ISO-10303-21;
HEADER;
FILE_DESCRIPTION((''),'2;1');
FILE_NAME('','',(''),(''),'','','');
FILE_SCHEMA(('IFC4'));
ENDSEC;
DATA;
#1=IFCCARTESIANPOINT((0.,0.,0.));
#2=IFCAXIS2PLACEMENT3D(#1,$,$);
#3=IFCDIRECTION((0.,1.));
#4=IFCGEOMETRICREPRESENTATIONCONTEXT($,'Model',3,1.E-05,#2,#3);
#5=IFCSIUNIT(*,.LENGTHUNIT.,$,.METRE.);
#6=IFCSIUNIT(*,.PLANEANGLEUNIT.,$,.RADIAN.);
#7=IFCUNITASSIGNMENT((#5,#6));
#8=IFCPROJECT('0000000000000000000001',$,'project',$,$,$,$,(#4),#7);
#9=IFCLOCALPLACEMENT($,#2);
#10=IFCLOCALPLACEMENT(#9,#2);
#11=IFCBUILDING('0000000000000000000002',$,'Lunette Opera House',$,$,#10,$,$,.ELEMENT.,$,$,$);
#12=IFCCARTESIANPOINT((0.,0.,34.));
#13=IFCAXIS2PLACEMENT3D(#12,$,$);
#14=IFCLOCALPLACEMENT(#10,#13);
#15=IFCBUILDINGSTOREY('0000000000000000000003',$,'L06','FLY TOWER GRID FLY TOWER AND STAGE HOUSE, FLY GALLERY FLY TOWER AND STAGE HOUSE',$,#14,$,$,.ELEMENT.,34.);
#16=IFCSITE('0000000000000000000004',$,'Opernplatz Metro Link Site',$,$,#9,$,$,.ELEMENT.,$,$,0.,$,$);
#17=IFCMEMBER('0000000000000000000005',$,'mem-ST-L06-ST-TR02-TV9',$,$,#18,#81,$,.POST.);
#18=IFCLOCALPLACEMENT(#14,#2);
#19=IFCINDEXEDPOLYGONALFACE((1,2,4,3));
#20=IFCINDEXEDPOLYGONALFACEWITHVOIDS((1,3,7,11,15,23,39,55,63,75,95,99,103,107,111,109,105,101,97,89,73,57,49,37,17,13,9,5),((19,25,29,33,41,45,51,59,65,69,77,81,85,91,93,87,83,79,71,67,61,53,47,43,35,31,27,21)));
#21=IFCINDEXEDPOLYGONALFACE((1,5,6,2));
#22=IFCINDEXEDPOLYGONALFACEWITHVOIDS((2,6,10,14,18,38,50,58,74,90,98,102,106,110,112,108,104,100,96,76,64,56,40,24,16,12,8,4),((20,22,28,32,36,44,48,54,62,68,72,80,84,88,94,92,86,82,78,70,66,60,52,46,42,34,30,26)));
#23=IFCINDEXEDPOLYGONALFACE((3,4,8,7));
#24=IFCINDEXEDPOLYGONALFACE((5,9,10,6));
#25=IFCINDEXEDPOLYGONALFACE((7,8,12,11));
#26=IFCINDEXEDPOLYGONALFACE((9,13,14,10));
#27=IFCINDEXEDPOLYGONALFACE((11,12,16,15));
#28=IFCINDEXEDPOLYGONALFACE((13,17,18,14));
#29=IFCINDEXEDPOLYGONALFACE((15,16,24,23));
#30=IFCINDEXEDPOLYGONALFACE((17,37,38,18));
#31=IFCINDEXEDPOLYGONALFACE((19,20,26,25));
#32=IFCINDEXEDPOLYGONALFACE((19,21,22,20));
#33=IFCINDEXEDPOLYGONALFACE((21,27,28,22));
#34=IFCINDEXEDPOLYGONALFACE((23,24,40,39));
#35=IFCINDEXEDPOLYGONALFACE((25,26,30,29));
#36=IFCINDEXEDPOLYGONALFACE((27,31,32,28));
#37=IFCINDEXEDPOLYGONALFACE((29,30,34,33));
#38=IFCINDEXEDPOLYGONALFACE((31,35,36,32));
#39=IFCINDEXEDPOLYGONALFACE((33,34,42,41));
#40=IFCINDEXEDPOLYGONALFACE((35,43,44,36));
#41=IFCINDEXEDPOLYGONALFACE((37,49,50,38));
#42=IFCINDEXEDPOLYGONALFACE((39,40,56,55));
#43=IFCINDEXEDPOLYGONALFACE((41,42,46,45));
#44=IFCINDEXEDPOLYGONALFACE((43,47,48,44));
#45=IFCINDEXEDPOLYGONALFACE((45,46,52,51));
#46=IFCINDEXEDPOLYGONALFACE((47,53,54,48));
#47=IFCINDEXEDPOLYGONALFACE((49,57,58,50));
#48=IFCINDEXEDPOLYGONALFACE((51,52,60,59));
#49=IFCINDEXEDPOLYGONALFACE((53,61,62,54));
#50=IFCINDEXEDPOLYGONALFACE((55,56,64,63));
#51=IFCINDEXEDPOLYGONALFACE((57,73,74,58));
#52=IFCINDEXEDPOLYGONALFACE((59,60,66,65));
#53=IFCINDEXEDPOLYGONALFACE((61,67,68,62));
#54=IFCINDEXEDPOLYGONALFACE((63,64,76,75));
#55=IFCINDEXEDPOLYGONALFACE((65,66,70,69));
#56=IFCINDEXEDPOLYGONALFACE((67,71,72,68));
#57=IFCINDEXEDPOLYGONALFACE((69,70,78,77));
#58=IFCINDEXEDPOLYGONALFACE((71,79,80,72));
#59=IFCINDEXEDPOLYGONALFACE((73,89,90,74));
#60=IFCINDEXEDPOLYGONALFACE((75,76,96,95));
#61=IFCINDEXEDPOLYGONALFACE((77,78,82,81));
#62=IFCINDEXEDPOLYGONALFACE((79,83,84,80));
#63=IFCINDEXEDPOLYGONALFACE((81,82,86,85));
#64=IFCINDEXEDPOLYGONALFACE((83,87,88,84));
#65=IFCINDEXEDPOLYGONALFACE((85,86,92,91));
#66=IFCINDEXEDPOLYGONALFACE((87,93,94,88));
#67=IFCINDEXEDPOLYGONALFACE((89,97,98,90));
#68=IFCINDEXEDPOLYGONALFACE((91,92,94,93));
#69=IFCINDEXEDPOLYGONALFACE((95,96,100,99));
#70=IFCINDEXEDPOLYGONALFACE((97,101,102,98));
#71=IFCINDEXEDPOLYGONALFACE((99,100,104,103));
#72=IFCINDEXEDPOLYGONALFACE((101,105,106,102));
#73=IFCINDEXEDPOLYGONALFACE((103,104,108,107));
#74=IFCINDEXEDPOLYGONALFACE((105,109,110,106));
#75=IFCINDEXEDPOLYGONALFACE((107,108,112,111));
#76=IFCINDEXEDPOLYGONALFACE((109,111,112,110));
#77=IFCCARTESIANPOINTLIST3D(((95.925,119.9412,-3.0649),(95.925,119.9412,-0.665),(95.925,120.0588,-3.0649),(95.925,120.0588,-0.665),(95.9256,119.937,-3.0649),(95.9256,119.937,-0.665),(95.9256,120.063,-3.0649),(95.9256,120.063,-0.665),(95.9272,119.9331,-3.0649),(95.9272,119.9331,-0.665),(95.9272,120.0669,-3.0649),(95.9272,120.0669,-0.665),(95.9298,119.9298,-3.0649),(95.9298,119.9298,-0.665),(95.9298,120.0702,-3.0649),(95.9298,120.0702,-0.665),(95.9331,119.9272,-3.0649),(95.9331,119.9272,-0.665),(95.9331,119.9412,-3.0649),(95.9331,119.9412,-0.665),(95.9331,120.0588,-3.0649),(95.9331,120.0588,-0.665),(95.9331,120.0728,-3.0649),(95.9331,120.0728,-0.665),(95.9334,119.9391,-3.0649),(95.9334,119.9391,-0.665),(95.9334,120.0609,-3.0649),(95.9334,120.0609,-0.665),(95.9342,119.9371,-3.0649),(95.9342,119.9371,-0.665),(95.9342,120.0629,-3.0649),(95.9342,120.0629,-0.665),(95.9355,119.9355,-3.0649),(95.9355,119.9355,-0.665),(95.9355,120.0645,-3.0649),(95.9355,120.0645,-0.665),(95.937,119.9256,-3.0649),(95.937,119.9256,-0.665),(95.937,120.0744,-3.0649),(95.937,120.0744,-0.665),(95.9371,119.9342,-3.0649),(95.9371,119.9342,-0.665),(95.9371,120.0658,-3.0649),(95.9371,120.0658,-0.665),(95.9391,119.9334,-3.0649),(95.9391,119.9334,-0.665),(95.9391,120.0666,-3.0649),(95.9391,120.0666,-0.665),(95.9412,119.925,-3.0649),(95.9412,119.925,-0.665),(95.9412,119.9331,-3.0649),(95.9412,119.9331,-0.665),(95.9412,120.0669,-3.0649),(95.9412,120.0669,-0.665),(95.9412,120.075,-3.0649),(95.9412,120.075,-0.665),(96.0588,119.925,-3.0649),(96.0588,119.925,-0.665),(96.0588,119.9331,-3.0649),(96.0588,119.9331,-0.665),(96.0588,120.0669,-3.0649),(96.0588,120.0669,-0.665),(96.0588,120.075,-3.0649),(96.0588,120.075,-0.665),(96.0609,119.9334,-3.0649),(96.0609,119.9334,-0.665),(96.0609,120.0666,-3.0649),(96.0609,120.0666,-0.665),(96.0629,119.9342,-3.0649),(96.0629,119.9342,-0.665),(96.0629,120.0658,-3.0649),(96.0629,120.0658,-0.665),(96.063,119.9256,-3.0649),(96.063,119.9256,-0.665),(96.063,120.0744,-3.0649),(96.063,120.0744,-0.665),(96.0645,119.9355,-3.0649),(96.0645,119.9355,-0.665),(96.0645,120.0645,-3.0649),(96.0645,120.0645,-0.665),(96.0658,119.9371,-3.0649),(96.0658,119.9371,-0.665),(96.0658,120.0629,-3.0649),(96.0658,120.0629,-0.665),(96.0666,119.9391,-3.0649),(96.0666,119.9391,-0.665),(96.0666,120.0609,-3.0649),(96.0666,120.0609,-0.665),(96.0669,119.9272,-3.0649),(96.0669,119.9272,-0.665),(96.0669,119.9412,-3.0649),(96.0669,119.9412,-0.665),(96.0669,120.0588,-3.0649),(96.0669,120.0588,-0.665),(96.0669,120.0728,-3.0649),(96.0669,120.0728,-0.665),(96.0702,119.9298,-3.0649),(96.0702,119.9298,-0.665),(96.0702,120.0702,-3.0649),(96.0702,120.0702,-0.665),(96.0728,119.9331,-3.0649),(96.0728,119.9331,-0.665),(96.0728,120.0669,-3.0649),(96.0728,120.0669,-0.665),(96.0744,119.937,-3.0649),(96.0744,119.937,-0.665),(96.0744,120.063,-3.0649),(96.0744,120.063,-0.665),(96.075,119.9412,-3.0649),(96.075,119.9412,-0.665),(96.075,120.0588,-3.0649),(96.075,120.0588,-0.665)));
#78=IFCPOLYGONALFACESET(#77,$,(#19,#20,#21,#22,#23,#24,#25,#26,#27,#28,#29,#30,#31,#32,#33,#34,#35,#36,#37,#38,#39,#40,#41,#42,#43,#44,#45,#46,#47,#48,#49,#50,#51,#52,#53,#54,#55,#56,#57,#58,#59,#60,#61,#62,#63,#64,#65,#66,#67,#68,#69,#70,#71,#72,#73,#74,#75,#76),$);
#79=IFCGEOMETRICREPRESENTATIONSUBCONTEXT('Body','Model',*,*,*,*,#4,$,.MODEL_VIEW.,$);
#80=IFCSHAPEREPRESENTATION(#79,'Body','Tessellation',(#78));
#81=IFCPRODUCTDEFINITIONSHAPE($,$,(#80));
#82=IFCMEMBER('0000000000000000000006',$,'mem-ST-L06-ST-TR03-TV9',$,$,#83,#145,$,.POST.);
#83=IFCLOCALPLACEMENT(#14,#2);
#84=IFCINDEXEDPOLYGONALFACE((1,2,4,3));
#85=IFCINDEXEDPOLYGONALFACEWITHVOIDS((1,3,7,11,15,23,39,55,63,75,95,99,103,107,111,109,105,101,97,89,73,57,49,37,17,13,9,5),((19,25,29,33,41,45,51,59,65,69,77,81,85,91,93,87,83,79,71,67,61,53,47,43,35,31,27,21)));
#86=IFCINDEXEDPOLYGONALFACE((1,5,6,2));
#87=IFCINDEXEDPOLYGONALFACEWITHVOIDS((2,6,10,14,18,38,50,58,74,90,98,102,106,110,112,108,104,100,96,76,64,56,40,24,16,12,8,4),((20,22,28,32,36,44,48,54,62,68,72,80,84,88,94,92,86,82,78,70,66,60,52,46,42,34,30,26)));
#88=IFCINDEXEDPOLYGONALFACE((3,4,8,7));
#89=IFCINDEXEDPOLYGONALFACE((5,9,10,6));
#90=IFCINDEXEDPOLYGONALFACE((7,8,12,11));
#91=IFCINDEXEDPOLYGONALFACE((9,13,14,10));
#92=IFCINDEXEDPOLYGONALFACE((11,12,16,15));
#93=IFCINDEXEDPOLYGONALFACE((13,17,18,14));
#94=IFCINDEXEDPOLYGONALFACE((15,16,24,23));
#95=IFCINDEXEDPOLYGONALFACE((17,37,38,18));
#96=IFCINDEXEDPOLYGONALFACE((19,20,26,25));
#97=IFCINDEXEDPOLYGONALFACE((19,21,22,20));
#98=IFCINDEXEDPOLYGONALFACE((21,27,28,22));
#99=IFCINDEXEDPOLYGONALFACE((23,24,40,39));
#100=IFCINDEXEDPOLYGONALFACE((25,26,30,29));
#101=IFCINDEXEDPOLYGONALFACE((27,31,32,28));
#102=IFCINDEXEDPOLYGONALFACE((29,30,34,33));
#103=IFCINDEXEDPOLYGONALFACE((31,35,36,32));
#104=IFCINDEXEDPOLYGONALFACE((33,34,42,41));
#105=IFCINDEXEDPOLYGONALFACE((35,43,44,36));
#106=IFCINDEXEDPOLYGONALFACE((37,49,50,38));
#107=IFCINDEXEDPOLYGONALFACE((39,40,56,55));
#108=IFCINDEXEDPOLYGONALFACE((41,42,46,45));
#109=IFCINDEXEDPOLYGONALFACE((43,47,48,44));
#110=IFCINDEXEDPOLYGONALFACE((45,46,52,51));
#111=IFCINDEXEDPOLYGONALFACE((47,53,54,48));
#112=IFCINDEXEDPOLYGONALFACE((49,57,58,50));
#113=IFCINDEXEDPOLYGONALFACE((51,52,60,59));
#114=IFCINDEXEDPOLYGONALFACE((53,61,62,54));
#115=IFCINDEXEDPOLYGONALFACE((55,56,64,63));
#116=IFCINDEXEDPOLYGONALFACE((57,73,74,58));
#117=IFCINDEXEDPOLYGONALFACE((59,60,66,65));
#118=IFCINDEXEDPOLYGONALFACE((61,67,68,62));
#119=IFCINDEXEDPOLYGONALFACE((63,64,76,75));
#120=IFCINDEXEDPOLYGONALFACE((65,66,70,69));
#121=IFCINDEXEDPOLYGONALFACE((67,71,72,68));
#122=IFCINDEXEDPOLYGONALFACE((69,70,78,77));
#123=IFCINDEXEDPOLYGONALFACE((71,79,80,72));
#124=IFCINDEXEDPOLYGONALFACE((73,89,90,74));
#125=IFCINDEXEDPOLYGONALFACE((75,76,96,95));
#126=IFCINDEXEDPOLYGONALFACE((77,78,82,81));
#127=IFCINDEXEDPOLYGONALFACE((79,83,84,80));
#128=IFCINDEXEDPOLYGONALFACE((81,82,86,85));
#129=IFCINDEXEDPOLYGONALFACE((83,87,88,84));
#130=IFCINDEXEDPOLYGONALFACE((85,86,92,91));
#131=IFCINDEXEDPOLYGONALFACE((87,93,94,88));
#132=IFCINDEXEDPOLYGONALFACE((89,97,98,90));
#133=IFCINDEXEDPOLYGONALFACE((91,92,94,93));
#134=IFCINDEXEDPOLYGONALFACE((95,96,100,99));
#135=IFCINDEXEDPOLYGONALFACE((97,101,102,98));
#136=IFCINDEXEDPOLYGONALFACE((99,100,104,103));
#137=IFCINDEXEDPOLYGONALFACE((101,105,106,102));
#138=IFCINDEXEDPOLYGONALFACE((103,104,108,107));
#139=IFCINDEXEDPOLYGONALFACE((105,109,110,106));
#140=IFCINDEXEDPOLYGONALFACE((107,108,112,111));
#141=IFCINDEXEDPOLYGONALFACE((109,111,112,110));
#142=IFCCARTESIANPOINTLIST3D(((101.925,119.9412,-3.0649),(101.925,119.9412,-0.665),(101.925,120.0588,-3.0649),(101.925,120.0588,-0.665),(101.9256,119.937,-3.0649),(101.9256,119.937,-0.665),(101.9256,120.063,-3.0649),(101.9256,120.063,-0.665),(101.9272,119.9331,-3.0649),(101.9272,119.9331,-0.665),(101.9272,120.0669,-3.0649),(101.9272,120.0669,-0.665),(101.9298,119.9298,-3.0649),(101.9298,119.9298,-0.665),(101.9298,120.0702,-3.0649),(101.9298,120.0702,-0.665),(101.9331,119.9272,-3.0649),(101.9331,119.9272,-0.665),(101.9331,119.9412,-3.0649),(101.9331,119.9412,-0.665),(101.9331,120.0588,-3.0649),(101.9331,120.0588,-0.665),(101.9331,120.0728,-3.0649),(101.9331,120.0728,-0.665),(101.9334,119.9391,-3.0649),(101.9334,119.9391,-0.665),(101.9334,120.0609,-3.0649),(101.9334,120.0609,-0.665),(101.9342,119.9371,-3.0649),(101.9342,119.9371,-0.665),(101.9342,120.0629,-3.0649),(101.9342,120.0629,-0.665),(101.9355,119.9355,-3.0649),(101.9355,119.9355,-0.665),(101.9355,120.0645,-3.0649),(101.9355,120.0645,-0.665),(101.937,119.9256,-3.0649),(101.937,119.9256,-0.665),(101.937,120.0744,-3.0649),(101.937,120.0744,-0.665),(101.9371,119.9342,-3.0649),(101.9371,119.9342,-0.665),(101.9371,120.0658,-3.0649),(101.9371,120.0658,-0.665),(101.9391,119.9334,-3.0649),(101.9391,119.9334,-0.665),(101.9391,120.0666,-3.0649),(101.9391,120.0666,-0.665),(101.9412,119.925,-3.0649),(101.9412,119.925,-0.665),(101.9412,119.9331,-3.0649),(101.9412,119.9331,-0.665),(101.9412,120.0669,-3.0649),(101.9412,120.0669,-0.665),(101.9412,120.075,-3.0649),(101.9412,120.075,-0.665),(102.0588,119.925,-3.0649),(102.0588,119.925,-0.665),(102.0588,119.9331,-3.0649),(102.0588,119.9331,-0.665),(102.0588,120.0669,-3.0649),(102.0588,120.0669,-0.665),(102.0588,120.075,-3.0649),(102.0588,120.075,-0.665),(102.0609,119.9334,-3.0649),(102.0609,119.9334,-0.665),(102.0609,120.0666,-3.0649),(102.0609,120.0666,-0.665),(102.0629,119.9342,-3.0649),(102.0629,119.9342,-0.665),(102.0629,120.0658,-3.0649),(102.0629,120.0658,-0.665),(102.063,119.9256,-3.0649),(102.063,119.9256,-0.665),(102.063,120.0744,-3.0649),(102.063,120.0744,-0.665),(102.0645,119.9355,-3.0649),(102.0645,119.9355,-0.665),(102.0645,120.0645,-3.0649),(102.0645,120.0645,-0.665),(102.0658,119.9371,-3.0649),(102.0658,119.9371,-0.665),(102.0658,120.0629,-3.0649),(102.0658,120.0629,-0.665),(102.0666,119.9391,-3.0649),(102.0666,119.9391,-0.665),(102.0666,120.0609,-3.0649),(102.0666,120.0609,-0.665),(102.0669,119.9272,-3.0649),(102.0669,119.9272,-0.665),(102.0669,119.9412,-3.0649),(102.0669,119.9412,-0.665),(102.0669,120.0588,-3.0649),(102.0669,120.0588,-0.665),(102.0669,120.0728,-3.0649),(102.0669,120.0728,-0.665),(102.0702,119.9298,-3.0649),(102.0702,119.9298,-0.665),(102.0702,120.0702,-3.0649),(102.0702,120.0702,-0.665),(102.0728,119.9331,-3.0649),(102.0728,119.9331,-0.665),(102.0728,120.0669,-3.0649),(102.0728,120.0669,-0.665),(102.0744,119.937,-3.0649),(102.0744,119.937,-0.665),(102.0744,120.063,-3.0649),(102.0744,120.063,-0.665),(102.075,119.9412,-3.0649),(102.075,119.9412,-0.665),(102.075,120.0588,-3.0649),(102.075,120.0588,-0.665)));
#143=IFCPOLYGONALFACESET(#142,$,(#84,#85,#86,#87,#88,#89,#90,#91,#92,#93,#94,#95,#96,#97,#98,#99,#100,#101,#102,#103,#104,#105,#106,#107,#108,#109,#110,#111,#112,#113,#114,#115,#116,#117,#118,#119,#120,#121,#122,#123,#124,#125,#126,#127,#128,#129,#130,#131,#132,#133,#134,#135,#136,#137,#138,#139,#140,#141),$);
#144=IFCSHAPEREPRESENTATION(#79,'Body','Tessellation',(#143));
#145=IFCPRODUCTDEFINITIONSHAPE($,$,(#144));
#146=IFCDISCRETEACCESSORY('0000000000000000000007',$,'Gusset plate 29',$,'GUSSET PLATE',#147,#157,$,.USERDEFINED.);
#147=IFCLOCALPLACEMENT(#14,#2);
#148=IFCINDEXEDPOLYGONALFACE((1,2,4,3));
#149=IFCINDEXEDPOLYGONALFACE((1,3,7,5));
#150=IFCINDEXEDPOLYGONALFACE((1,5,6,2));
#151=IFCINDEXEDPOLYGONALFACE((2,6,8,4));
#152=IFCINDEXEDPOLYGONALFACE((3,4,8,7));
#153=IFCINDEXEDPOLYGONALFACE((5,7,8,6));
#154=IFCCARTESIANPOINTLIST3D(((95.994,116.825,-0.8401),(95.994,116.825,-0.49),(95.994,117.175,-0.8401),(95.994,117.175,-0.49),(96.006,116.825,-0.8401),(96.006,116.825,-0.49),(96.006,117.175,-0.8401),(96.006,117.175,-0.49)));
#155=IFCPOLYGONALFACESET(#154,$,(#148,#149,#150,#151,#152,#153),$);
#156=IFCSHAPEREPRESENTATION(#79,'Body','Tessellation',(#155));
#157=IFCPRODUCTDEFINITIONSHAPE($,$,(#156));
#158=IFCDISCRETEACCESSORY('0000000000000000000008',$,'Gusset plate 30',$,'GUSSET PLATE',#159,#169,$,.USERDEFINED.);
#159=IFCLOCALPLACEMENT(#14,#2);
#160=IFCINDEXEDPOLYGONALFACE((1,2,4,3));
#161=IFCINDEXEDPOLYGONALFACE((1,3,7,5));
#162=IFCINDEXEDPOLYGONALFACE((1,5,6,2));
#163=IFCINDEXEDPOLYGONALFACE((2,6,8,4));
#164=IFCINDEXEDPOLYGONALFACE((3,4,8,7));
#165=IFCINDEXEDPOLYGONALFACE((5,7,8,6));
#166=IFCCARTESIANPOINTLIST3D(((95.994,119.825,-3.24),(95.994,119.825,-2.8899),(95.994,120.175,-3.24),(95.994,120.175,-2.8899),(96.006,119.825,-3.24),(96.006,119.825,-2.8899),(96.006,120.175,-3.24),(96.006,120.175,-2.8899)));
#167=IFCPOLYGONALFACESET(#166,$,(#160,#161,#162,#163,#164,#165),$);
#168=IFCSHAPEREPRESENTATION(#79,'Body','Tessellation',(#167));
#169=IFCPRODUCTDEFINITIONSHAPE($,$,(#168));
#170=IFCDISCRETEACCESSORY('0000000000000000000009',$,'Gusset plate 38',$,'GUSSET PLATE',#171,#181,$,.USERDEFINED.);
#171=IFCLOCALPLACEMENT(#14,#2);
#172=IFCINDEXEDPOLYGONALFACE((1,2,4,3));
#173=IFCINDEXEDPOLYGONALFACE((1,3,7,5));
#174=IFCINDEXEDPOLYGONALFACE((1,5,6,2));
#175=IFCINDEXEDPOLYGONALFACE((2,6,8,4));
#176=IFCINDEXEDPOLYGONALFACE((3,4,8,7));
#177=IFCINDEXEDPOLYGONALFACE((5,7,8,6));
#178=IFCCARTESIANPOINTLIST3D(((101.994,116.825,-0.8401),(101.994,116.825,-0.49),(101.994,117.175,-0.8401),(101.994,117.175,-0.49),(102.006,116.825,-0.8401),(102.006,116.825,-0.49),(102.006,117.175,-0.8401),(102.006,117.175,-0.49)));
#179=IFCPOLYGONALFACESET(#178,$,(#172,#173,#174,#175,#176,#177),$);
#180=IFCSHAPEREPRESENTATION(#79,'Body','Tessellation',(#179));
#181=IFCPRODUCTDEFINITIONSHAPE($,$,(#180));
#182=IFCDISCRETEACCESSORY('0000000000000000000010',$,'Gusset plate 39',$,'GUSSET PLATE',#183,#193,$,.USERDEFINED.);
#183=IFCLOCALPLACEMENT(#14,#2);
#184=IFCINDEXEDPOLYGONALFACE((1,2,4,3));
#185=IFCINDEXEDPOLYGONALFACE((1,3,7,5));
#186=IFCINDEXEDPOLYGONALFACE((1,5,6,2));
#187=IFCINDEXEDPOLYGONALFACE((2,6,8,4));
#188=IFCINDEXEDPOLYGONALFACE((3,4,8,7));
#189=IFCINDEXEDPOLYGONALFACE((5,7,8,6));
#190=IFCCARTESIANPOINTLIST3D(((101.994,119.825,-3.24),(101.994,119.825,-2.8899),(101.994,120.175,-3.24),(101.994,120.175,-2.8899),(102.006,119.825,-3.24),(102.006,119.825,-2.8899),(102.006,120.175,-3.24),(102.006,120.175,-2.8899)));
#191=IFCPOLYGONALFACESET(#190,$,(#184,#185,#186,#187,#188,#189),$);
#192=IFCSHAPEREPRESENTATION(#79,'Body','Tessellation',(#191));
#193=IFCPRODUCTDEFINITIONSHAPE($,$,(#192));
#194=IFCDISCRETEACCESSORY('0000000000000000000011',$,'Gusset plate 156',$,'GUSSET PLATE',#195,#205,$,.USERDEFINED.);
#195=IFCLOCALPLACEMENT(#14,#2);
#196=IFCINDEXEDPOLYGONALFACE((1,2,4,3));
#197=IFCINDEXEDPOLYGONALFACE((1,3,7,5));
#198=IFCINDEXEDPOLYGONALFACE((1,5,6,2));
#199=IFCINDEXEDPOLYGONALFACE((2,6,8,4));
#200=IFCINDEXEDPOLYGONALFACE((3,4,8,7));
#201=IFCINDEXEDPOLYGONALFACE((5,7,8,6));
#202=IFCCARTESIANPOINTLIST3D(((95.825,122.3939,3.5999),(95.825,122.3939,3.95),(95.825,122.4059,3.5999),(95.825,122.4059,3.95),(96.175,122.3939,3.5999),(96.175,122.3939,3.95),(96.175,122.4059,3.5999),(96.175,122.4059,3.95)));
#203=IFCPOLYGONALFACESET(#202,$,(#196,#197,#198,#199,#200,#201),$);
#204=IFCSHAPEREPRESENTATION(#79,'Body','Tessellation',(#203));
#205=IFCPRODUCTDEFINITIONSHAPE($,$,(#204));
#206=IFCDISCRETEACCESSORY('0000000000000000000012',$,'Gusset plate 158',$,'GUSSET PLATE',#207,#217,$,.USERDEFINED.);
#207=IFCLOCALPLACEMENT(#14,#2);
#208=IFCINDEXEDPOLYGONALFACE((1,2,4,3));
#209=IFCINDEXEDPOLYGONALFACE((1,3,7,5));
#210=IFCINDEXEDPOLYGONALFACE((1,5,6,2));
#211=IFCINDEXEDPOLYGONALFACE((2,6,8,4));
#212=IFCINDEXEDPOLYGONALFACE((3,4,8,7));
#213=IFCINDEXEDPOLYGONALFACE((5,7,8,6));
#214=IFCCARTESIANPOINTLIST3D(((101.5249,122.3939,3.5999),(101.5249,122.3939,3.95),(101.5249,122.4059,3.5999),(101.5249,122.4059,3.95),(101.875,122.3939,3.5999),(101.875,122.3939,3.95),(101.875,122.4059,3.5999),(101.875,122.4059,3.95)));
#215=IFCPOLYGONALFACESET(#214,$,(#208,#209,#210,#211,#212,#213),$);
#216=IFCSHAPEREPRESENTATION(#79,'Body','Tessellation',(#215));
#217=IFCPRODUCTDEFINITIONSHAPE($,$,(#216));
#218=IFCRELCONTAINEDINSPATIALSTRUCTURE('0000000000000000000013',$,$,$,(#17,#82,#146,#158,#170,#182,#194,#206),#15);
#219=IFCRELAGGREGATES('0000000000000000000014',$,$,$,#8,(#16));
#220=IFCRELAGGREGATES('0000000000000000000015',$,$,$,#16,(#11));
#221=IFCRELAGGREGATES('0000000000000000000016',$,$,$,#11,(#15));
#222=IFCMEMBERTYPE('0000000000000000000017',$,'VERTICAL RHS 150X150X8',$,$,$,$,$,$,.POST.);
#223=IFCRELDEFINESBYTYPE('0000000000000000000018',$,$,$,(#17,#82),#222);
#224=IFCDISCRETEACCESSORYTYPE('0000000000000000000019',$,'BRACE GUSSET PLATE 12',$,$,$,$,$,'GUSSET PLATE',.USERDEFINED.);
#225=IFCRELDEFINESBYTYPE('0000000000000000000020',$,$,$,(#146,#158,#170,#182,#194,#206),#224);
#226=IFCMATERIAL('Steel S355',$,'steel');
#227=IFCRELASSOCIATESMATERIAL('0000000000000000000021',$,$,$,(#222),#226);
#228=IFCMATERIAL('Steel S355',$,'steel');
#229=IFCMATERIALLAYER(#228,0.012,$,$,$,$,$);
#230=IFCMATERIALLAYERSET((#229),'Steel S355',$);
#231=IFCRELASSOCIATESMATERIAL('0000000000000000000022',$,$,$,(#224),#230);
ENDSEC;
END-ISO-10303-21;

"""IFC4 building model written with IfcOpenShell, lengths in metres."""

from ifc_helpers import new_model, si_unit, direction, frame, origin, origin_2d, place, context, subcontext, project, spatial, rectangle, hollow_rectangle, extrude, material, layer, layer_set, material_profile, profile_set, type_object, element, save


model = new_model("IFC4")

# Units and contexts
model_context = context("Model", 3, precision=1e-05, world=origin(), true_north=direction((0.0, 1.0)))
body_context = subcontext(model_context, "Body", "Model", "MODEL_VIEW")
ifc_project = project(units=[si_unit("LENGTHUNIT", "METRE"), si_unit("PLANEANGLEUNIT", "RADIAN")], contexts=[model_context])

# Site, building, storey
site_placement = place(None, origin())
site = spatial("IfcSite", under=ifc_project, at=site_placement, Name="Opernplatz Metro Link Site", CompositionType="ELEMENT", RefElevation=0.0)
building_placement = place(site_placement, origin())
building = spatial("IfcBuilding", under=site, at=building_placement, Name="Lunette Opera House", CompositionType="ELEMENT")
storey_placement = place(building_placement, frame((0.0, 0.0, 34.0)))
storey = spatial("IfcBuildingStorey", under=building, at=storey_placement, Name="L06", Description="FLY TOWER GRID FLY TOWER AND STAGE HOUSE, FLY GALLERY FLY TOWER AND STAGE HOUSE", CompositionType="ELEMENT", Elevation=34.0)

# Members
ifc_material_1 = material(Name="Steel S355", Category="steel")
ifc_material_profile_1 = material_profile(ifc_material_1, hollow_rectangle(XDim=0.1499, YDim=0.1499, WallThickness=0.0081, InnerFilletRadius=0.0081, OuterFilletRadius=0.0161, at=origin_2d()), Name="RHS 150X150X8")
ifc_profile_set_1 = profile_set([ifc_material_profile_1], Name="Steel S355")
member_type_1 = type_object("IfcMemberType", Name="VERTICAL RHS 150X150X8", PredefinedType="POST", material=ifc_profile_set_1)
for number, where, z_axis, x_axis, name in (
    (1, (96.0, 120.0, -3.0649), (0.0, 0.0, 1.0), (1.0, 0.0, 0.0), "mem-ST-L06-ST-TR02-TV9"),
    (2, (102.0, 120.0, -3.0649), (0.0, 0.0, 1.0), (1.0, 0.0, 0.0), "mem-ST-L06-ST-TR03-TV9"),
):
    element("IfcMember", number, at=place(storey_placement, frame(where, z_axis=z_axis, x_axis=x_axis)), inside=storey, type_object=member_type_1, Name=name, PredefinedType="POST", context=body_context, shape_type="SweptSolid", body=[
        extrude(hollow_rectangle(XDim=0.1499, YDim=0.1499, WallThickness=0.0081, InnerFilletRadius=0.0081, OuterFilletRadius=0.0161, at=origin_2d()), origin(), (0.0, 0.0, 1.0), 2.3999),
    ])

# Discrete accessories
ifc_material_2 = material(Name="Steel S355", Category="steel")
ifc_layer = layer(ifc_material_2, 0.012)
ifc_layer_set = layer_set([ifc_layer], Name="Steel S355")
discrete_accessory_type = type_object("IfcDiscreteAccessoryType", Name="BRACE GUSSET PLATE 12", ElementType="GUSSET PLATE", PredefinedType="USERDEFINED", material=ifc_layer_set)
for number, where, z_axis, x_axis, name in (
    (3, (96.0, 117.0, -0.8401), (0.0, 0.0, 1.0), (0.0, 1.0, 0.0), "Gusset plate 29"),
    (4, (96.0, 120.0, -3.24), (0.0, 0.0, 1.0), (0.0, 1.0, 0.0), "Gusset plate 30"),
    (5, (102.0, 117.0, -0.8401), (0.0, 0.0, 1.0), (0.0, 1.0, 0.0), "Gusset plate 38"),
    (6, (102.0, 120.0, -3.24), (0.0, 0.0, 1.0), (0.0, 1.0, 0.0), "Gusset plate 39"),
    (7, (96.0, 122.3999, 3.5999), (0.0, 0.0, 1.0), (1.0, 0.0, 0.0), "Gusset plate 156"),
    (8, (101.7, 122.3999, 3.5999), (0.0, 0.0, 1.0), (1.0, 0.0, 0.0), "Gusset plate 158"),
):
    element("IfcDiscreteAccessory", number, at=place(storey_placement, frame(where, z_axis=z_axis, x_axis=x_axis)), inside=storey, type_object=discrete_accessory_type, Name=name, ObjectType="GUSSET PLATE", PredefinedType="USERDEFINED", context=body_context, shape_type="SweptSolid", body=[
        extrude(rectangle(XDim=0.3501, YDim=0.012, at=origin_2d()), origin(), (0.0, 0.0, 1.0), 0.3501),
    ])

save(model, "model.ifc")
